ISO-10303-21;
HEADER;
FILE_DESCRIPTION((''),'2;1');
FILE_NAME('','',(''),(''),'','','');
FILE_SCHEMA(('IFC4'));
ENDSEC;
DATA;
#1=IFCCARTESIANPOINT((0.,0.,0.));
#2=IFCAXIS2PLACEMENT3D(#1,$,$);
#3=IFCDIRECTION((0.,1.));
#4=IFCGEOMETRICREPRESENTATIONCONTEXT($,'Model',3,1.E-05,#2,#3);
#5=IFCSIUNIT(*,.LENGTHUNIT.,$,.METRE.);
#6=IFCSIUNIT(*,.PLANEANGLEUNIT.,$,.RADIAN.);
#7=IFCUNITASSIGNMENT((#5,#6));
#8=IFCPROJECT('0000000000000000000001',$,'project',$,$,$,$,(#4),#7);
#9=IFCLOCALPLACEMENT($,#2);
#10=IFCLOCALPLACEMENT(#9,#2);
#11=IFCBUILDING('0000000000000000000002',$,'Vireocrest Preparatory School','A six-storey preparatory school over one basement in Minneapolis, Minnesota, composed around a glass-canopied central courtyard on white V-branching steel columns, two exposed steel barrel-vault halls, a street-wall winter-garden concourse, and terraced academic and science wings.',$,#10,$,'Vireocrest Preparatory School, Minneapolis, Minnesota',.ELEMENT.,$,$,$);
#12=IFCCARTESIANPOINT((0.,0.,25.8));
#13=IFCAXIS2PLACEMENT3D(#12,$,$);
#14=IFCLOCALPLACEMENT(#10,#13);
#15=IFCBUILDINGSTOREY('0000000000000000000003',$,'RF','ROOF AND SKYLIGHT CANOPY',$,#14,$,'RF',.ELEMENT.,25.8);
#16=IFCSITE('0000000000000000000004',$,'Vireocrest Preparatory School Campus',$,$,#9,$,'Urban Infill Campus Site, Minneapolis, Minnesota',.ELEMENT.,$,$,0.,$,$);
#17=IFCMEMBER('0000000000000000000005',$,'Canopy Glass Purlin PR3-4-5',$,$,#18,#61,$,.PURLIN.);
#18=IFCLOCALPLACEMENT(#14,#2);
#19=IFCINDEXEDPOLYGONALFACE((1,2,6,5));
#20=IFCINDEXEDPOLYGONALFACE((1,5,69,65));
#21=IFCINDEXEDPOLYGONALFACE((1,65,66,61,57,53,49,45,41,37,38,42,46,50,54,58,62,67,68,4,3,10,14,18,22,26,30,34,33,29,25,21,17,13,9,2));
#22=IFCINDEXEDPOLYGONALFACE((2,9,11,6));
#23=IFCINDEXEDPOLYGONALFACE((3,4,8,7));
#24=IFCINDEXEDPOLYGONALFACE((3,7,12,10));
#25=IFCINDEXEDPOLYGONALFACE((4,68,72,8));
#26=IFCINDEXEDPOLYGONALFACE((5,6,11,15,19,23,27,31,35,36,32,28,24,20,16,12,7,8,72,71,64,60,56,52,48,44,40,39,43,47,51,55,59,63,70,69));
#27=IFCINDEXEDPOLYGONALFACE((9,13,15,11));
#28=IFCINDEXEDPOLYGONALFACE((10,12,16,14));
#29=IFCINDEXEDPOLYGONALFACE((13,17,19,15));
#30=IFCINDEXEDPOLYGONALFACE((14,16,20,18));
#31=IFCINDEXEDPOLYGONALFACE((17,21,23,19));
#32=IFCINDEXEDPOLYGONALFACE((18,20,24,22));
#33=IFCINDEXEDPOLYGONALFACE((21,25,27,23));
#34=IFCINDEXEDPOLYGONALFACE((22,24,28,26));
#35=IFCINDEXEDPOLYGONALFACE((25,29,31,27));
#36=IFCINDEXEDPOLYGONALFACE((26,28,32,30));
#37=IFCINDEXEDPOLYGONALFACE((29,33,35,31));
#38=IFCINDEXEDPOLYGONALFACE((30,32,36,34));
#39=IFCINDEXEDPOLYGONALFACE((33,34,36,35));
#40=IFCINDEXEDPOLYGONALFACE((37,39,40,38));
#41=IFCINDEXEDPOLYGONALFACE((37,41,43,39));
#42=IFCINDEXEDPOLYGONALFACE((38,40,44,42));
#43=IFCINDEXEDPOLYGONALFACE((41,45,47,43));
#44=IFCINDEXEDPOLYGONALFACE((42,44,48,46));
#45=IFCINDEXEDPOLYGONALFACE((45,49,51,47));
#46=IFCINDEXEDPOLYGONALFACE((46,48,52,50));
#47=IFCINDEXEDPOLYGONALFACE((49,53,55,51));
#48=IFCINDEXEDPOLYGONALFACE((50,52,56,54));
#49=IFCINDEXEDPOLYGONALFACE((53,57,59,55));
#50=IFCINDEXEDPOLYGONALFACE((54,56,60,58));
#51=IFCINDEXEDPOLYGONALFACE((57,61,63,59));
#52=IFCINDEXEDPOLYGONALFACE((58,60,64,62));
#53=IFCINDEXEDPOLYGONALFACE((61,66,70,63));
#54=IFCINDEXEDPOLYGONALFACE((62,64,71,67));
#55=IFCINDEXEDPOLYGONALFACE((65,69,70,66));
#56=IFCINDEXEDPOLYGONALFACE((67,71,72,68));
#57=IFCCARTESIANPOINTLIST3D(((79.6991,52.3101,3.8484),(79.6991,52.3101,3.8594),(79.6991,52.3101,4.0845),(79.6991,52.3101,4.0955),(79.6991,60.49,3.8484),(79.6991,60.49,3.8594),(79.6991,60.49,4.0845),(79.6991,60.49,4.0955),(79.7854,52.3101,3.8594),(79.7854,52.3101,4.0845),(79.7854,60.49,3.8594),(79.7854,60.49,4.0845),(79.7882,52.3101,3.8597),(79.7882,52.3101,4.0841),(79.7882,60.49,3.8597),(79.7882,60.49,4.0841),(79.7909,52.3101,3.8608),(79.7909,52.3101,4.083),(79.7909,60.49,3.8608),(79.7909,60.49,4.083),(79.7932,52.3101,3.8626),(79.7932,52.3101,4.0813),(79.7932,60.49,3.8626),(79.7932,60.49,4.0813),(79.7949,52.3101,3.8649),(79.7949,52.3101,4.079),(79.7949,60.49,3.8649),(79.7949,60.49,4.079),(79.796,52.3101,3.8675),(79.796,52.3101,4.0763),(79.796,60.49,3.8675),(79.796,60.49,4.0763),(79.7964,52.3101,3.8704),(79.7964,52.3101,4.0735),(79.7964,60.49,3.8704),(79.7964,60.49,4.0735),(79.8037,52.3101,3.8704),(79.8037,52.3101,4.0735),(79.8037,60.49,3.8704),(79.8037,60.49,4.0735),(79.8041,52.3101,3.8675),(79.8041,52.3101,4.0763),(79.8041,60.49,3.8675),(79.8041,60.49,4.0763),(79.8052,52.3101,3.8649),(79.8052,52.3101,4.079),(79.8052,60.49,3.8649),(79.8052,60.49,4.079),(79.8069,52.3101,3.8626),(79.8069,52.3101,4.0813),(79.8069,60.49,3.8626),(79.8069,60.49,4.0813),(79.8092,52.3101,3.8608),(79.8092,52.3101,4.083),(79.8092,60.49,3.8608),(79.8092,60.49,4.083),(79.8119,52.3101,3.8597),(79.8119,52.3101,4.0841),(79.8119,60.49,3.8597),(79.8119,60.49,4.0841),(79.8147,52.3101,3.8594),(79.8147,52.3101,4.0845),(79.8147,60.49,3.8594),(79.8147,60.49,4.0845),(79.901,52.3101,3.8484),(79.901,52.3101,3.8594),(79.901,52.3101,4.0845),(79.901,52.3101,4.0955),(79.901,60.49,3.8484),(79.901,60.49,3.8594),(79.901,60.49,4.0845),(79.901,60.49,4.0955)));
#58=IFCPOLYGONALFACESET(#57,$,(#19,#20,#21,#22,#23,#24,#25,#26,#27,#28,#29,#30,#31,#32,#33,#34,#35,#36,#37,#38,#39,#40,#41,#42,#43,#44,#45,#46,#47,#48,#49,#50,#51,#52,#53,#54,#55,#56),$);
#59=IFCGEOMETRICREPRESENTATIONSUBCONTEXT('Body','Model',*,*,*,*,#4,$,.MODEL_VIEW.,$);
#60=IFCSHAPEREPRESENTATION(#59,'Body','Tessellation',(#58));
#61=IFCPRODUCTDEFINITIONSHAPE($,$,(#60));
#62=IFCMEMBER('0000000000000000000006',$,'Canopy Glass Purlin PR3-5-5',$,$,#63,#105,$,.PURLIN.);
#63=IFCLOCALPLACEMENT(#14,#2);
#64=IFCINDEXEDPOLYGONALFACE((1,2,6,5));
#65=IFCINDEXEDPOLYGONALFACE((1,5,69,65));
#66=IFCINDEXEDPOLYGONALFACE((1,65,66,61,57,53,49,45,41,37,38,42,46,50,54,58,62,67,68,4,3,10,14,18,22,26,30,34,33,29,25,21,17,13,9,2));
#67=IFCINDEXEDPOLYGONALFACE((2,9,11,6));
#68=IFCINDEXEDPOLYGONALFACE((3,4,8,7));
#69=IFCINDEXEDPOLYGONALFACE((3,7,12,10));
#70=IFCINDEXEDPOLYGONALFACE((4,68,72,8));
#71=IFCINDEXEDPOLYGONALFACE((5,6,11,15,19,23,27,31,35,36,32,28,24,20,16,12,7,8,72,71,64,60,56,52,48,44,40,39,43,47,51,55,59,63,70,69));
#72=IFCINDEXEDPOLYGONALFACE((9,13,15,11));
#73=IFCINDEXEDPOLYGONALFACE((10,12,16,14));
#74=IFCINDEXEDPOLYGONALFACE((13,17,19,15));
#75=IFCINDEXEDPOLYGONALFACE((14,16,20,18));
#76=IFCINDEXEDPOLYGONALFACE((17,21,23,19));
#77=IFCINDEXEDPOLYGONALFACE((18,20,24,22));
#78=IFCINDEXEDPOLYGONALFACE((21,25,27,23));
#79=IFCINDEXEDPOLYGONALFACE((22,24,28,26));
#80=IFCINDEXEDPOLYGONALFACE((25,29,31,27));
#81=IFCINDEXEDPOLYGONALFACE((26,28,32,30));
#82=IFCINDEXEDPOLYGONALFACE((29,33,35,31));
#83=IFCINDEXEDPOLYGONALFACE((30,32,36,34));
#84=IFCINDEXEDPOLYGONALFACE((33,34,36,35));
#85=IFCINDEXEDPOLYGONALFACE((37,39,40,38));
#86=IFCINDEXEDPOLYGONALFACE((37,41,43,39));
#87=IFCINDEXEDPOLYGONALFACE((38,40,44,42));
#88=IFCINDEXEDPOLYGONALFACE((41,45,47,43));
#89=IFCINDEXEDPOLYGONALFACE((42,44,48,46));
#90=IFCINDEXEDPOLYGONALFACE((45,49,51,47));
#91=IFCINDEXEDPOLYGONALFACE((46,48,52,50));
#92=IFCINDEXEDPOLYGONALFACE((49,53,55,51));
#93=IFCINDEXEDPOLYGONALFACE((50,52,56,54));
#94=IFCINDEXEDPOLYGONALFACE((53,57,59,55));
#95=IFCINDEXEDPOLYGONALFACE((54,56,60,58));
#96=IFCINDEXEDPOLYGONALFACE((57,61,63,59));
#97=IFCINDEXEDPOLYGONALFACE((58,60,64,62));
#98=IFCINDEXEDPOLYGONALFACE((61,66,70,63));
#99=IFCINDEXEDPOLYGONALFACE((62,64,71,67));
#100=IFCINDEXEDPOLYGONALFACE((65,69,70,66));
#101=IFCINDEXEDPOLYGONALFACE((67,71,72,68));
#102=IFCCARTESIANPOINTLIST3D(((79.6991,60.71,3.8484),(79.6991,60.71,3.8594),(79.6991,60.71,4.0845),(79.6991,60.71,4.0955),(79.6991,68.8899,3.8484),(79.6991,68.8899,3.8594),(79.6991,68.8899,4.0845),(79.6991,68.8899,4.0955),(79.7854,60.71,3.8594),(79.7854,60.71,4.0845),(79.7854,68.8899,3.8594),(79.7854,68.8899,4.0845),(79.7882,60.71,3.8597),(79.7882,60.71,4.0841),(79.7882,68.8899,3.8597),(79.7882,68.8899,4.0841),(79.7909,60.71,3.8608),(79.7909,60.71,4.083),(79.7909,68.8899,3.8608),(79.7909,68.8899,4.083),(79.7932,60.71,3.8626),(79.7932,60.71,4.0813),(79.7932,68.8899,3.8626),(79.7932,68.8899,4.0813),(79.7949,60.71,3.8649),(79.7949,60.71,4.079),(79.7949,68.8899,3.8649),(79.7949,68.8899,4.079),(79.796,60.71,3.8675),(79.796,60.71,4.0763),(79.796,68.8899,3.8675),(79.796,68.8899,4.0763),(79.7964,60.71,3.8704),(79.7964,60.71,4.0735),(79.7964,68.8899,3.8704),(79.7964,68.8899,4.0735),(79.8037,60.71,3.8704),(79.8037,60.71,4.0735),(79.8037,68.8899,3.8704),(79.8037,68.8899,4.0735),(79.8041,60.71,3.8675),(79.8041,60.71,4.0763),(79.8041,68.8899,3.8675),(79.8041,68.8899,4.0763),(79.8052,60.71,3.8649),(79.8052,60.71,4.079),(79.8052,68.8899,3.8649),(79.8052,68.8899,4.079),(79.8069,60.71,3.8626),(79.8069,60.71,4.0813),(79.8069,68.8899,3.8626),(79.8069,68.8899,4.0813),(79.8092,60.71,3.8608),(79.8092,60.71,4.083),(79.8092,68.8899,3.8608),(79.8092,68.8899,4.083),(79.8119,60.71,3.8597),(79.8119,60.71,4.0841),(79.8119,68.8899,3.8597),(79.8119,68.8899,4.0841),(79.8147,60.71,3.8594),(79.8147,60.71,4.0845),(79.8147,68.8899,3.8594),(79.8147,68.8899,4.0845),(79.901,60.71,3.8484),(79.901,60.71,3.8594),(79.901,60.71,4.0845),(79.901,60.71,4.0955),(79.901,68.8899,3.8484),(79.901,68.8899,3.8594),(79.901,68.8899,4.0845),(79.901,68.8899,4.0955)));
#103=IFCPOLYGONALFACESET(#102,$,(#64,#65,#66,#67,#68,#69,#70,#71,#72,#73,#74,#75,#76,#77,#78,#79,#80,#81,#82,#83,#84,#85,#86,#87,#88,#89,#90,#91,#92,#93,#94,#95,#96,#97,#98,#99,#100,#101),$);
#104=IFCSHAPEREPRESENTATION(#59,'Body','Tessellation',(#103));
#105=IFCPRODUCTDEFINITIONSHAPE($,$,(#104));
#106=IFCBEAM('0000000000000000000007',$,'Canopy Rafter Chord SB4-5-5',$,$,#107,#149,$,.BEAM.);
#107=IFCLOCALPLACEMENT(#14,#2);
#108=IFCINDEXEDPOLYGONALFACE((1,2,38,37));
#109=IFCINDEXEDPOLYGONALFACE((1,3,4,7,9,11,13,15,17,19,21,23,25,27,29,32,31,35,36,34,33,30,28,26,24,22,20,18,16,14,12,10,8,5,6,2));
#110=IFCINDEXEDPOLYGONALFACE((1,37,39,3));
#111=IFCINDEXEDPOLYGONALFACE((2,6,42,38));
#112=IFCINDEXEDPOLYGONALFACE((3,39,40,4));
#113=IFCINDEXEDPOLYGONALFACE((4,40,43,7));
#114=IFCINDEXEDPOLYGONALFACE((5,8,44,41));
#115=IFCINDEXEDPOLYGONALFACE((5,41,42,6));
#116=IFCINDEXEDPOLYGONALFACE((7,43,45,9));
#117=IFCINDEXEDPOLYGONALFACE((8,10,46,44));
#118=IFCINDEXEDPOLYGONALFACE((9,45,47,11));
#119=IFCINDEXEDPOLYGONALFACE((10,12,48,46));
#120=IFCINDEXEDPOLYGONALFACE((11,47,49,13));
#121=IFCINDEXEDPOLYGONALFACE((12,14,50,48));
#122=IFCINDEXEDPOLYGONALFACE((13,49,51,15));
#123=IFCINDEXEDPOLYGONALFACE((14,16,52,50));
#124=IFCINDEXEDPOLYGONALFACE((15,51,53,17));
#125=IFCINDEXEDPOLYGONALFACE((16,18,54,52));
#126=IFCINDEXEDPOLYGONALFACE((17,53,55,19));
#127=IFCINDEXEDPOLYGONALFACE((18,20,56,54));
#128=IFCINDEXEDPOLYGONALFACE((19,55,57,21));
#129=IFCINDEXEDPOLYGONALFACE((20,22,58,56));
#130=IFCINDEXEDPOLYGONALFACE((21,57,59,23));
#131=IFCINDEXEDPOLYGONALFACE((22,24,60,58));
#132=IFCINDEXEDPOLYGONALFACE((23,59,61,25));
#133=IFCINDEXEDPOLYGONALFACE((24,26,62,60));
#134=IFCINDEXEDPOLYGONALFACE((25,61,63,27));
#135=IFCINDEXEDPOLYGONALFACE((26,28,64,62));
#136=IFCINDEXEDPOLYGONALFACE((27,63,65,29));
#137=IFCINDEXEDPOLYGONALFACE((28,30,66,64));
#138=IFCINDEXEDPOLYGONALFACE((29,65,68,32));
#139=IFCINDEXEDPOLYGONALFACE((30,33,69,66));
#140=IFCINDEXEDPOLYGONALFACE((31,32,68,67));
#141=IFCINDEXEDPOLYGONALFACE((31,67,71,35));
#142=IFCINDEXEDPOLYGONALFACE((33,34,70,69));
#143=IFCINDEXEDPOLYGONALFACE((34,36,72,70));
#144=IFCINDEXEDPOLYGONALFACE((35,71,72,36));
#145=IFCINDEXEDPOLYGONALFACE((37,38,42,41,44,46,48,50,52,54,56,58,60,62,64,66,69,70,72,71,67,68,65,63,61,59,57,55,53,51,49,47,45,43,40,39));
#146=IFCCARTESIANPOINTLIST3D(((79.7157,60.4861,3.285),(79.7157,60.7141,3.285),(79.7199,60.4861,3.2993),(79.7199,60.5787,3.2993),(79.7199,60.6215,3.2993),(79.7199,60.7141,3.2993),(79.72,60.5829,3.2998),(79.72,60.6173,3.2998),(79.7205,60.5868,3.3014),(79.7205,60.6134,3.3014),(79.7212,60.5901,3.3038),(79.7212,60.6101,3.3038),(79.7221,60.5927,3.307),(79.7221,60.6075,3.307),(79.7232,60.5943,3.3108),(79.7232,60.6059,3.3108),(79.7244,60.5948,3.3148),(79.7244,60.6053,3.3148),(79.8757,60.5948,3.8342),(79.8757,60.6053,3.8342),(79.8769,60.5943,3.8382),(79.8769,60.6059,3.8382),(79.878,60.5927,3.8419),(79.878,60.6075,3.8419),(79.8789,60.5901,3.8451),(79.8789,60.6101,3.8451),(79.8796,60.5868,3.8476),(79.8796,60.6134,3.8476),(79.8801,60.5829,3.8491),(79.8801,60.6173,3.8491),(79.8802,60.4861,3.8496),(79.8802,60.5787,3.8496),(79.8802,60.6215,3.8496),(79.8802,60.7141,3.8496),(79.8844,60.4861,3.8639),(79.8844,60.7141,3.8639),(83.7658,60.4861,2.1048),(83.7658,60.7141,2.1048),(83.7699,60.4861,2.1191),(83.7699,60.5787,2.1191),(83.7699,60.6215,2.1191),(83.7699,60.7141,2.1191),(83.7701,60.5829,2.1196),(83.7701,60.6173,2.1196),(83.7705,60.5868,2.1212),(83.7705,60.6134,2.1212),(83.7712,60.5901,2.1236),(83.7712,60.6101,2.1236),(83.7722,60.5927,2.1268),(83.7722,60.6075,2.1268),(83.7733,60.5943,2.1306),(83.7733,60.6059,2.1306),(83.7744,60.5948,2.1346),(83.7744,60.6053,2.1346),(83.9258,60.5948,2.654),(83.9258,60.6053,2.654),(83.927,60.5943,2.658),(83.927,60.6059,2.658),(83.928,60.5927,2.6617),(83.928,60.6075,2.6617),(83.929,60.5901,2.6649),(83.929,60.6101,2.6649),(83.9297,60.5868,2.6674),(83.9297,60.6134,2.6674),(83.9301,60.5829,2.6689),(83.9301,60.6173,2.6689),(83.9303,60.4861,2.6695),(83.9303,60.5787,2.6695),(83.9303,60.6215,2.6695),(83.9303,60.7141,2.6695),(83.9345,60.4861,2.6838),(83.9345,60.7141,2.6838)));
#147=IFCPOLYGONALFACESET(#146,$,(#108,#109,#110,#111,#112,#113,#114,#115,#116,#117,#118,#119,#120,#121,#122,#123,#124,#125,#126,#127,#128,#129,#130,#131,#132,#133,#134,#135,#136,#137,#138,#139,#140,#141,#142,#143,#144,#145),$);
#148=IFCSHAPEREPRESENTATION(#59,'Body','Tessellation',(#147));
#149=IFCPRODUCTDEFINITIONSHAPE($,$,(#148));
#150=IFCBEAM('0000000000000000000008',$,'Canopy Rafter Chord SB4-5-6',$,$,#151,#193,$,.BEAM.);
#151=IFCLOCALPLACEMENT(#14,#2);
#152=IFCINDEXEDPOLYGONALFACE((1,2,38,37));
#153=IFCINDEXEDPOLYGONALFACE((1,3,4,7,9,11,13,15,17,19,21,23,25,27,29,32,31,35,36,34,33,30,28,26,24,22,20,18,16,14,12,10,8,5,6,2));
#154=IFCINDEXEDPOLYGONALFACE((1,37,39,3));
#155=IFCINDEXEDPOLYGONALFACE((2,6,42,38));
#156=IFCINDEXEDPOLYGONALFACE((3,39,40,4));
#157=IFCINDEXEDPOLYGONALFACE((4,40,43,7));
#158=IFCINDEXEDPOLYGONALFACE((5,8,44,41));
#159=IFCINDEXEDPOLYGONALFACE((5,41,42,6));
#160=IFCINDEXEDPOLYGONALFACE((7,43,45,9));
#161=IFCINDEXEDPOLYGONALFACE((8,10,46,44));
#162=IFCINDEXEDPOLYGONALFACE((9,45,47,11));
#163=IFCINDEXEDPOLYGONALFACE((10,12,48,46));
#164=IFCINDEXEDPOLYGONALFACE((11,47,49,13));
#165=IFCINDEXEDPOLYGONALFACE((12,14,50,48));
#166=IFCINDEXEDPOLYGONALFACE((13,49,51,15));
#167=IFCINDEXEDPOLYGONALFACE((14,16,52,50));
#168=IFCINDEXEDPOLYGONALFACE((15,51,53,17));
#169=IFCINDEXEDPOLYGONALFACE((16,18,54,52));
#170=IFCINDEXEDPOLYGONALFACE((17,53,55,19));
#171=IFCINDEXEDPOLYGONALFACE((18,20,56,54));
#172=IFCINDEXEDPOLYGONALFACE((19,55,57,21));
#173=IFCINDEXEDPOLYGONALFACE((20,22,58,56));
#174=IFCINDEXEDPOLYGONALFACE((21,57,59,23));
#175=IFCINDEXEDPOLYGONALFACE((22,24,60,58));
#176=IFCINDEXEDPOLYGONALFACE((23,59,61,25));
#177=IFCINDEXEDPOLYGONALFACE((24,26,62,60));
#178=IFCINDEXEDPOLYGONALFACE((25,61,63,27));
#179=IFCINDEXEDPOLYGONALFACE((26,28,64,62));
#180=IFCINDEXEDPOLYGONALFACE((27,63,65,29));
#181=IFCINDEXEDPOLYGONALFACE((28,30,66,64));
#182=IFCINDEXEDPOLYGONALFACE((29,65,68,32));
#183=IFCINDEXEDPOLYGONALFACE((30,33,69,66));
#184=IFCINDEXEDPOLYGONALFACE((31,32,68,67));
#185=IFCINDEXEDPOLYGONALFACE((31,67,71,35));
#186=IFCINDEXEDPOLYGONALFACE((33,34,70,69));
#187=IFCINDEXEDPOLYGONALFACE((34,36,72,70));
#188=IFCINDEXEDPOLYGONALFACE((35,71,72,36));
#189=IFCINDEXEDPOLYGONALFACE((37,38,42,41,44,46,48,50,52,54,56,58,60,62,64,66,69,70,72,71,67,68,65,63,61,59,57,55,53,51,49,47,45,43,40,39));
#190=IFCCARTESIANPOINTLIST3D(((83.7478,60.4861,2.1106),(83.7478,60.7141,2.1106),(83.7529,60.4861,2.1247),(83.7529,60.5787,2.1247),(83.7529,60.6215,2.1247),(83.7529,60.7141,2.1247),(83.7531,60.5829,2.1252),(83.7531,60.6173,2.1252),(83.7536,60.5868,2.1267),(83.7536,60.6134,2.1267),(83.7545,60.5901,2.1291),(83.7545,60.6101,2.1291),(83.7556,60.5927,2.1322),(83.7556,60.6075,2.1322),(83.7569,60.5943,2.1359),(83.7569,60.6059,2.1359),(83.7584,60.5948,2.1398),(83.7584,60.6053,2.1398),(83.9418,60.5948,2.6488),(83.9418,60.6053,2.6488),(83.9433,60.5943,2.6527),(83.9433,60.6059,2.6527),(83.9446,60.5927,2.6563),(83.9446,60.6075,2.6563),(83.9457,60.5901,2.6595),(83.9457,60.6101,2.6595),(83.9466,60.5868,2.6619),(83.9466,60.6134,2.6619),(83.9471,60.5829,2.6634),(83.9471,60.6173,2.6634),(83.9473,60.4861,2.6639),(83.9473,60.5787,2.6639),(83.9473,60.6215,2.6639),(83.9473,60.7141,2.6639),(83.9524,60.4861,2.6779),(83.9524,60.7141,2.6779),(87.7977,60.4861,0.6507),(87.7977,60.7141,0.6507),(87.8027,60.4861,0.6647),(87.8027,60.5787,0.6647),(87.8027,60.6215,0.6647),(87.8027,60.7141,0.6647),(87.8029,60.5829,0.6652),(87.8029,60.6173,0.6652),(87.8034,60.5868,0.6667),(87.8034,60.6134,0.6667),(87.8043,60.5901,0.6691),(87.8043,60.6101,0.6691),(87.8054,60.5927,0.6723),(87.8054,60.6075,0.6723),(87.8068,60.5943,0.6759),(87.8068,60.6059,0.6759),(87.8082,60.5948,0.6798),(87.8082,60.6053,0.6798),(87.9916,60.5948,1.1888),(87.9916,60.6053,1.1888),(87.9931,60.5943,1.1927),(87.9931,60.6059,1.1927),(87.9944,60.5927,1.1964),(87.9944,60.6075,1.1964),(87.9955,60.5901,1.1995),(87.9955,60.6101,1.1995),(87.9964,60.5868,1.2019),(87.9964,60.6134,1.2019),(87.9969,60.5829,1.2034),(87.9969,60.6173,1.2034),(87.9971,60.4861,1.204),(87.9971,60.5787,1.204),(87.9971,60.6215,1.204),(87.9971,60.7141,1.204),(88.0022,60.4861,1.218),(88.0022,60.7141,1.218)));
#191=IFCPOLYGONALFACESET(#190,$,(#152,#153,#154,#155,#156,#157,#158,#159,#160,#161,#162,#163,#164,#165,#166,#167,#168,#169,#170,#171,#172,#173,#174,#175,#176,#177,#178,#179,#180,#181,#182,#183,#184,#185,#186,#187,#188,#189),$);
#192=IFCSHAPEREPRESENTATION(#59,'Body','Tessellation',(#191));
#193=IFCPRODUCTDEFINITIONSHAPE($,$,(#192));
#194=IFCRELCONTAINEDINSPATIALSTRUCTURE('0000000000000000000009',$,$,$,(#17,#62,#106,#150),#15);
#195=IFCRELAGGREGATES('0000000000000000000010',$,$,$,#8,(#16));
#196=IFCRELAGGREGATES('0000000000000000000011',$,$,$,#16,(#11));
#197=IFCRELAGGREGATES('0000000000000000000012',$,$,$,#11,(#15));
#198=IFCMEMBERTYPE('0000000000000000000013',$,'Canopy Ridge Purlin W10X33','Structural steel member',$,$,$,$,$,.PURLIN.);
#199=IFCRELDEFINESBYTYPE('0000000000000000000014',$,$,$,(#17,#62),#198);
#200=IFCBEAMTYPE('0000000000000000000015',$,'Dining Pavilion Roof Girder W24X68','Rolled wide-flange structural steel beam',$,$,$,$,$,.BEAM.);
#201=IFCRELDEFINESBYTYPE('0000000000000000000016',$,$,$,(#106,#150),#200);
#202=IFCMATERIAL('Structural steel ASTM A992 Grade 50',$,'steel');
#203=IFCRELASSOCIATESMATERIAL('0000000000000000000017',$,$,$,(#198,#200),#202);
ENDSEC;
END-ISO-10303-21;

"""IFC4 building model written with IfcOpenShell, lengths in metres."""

from ifc_helpers import new_model, si_unit, direction, frame, origin, origin_2d, place, context, subcontext, project, spatial, i_section, extrude, material, material_profile, profile_set, type_object, element, save


model = new_model("IFC4")

# Units and contexts
model_context = context("Model", 3, precision=1e-05, world=origin(), true_north=direction((0.0, 1.0)))
body_context = subcontext(model_context, "Body", "Model", "MODEL_VIEW")
ifc_project = project(units=[si_unit("LENGTHUNIT", "METRE"), si_unit("PLANEANGLEUNIT", "RADIAN")], contexts=[model_context])

# Site, building, storey
site_placement = place(None, origin())
site = spatial("IfcSite", under=ifc_project, at=site_placement, Name="Vireocrest Preparatory School Campus", LongName="Urban Infill Campus Site, Minneapolis, Minnesota", CompositionType="ELEMENT", RefElevation=0.0)
building_placement = place(site_placement, origin())
building = spatial("IfcBuilding", under=site, at=building_placement, Name="Vireocrest Preparatory School", Description="A six-storey preparatory school over one basement in Minneapolis, Minnesota, composed around a glass-canopied central courtyard on white V-branching steel columns, two exposed steel barrel-vault halls, a street-wall winter-garden concourse, and terraced academic and science wings.", LongName="Vireocrest Preparatory School, Minneapolis, Minnesota", CompositionType="ELEMENT")
storey_placement = place(building_placement, frame((0.0, 0.0, 25.8)))
storey = spatial("IfcBuildingStorey", under=building, at=storey_placement, Name="RF", Description="ROOF AND SKYLIGHT CANOPY", LongName="RF", CompositionType="ELEMENT", Elevation=25.8)

# Members
ifc_material_1 = material(Name="Structural steel ASTM A992 Grade 50", Category="steel")
ifc_material_profile_1 = material_profile(ifc_material_1, i_section(OverallWidth=0.2019, OverallDepth=0.2471, WebThickness=0.0073, FlangeThickness=0.011, FilletRadius=0.011, at=origin_2d()), Name="W10X33")
ifc_profile_set_1 = profile_set([ifc_material_profile_1], Name="Structural steel ASTM A992 Grade 50")
member_type_1 = type_object("IfcMemberType", Name="Canopy Ridge Purlin W10X33", Description="Structural steel member", PredefinedType="PURLIN", material=ifc_profile_set_1)
for number, where, z_axis, x_axis, name in (
    (1, (79.8, 52.3101, 3.9719), (0.0, 1.0, 0.0), (-1.0, 0.0, 0.0), "Canopy Glass Purlin PR3-4-5"),
    (2, (79.8, 60.71, 3.9719), (0.0, 1.0, 0.0), (-1.0, 0.0, 0.0), "Canopy Glass Purlin PR3-5-5"),
):
    element("IfcMember", number, at=place(storey_placement, frame(where, z_axis=z_axis, x_axis=x_axis)), inside=storey, type_object=member_type_1, Name=name, PredefinedType="PURLIN", context=body_context, shape_type="SweptSolid", body=[
        extrude(i_section(OverallWidth=0.2019, OverallDepth=0.2471, WebThickness=0.0073, FlangeThickness=0.011, FilletRadius=0.011, at=origin_2d()), origin(), (0.0, 0.0, 1.0), 8.1799),
    ])

# Beams
ifc_material_profile_2 = material_profile(ifc_material_1, i_section(OverallWidth=0.228, OverallDepth=0.603, WebThickness=0.0105, FlangeThickness=0.0149, FilletRadius=0.0161, at=origin_2d()), Name="W24X68")
ifc_profile_set_2 = profile_set([ifc_material_profile_2], Name="Structural steel ASTM A992 Grade 50")
beam_type = type_object("IfcBeamType", Name="Dining Pavilion Roof Girder W24X68", Description="Rolled wide-flange structural steel beam", PredefinedType="BEAM", material=ifc_profile_set_2)
beam_1_placement = place(storey_placement, frame((79.8, 60.6001, 3.5745), z_axis=(0.960069, 0.0, -0.279762), x_axis=(0.0, 1.0, 0.0)))
element("IfcBeam", 3, at=beam_1_placement, inside=storey, type_object=beam_type, Name="Canopy Rafter Chord SB4-5-5", PredefinedType="BEAM", context=body_context, shape_type="SweptSolid", body=[
    extrude(i_section(OverallWidth=0.228, OverallDepth=0.603, WebThickness=0.0105, FlangeThickness=0.0149, FilletRadius=0.0161, at=origin_2d()), origin(), (0.0, 0.0, 1.0), 4.2185),
])
beam_2_placement = place(storey_placement, frame((83.8501, 60.6001, 2.3943), z_axis=(0.940737, 0.0, -0.339137), x_axis=(0.0, 1.0, 0.0)))
element("IfcBeam", 4, at=beam_2_placement, inside=storey, type_object=beam_type, Name="Canopy Rafter Chord SB4-5-6", PredefinedType="BEAM", context=body_context, shape_type="SweptSolid", body=[
    extrude(i_section(OverallWidth=0.228, OverallDepth=0.603, WebThickness=0.0105, FlangeThickness=0.0149, FilletRadius=0.0161, at=origin_2d()), origin(), (0.0, 0.0, 1.0), 4.3049),
])

save(model, "model.ifc")
